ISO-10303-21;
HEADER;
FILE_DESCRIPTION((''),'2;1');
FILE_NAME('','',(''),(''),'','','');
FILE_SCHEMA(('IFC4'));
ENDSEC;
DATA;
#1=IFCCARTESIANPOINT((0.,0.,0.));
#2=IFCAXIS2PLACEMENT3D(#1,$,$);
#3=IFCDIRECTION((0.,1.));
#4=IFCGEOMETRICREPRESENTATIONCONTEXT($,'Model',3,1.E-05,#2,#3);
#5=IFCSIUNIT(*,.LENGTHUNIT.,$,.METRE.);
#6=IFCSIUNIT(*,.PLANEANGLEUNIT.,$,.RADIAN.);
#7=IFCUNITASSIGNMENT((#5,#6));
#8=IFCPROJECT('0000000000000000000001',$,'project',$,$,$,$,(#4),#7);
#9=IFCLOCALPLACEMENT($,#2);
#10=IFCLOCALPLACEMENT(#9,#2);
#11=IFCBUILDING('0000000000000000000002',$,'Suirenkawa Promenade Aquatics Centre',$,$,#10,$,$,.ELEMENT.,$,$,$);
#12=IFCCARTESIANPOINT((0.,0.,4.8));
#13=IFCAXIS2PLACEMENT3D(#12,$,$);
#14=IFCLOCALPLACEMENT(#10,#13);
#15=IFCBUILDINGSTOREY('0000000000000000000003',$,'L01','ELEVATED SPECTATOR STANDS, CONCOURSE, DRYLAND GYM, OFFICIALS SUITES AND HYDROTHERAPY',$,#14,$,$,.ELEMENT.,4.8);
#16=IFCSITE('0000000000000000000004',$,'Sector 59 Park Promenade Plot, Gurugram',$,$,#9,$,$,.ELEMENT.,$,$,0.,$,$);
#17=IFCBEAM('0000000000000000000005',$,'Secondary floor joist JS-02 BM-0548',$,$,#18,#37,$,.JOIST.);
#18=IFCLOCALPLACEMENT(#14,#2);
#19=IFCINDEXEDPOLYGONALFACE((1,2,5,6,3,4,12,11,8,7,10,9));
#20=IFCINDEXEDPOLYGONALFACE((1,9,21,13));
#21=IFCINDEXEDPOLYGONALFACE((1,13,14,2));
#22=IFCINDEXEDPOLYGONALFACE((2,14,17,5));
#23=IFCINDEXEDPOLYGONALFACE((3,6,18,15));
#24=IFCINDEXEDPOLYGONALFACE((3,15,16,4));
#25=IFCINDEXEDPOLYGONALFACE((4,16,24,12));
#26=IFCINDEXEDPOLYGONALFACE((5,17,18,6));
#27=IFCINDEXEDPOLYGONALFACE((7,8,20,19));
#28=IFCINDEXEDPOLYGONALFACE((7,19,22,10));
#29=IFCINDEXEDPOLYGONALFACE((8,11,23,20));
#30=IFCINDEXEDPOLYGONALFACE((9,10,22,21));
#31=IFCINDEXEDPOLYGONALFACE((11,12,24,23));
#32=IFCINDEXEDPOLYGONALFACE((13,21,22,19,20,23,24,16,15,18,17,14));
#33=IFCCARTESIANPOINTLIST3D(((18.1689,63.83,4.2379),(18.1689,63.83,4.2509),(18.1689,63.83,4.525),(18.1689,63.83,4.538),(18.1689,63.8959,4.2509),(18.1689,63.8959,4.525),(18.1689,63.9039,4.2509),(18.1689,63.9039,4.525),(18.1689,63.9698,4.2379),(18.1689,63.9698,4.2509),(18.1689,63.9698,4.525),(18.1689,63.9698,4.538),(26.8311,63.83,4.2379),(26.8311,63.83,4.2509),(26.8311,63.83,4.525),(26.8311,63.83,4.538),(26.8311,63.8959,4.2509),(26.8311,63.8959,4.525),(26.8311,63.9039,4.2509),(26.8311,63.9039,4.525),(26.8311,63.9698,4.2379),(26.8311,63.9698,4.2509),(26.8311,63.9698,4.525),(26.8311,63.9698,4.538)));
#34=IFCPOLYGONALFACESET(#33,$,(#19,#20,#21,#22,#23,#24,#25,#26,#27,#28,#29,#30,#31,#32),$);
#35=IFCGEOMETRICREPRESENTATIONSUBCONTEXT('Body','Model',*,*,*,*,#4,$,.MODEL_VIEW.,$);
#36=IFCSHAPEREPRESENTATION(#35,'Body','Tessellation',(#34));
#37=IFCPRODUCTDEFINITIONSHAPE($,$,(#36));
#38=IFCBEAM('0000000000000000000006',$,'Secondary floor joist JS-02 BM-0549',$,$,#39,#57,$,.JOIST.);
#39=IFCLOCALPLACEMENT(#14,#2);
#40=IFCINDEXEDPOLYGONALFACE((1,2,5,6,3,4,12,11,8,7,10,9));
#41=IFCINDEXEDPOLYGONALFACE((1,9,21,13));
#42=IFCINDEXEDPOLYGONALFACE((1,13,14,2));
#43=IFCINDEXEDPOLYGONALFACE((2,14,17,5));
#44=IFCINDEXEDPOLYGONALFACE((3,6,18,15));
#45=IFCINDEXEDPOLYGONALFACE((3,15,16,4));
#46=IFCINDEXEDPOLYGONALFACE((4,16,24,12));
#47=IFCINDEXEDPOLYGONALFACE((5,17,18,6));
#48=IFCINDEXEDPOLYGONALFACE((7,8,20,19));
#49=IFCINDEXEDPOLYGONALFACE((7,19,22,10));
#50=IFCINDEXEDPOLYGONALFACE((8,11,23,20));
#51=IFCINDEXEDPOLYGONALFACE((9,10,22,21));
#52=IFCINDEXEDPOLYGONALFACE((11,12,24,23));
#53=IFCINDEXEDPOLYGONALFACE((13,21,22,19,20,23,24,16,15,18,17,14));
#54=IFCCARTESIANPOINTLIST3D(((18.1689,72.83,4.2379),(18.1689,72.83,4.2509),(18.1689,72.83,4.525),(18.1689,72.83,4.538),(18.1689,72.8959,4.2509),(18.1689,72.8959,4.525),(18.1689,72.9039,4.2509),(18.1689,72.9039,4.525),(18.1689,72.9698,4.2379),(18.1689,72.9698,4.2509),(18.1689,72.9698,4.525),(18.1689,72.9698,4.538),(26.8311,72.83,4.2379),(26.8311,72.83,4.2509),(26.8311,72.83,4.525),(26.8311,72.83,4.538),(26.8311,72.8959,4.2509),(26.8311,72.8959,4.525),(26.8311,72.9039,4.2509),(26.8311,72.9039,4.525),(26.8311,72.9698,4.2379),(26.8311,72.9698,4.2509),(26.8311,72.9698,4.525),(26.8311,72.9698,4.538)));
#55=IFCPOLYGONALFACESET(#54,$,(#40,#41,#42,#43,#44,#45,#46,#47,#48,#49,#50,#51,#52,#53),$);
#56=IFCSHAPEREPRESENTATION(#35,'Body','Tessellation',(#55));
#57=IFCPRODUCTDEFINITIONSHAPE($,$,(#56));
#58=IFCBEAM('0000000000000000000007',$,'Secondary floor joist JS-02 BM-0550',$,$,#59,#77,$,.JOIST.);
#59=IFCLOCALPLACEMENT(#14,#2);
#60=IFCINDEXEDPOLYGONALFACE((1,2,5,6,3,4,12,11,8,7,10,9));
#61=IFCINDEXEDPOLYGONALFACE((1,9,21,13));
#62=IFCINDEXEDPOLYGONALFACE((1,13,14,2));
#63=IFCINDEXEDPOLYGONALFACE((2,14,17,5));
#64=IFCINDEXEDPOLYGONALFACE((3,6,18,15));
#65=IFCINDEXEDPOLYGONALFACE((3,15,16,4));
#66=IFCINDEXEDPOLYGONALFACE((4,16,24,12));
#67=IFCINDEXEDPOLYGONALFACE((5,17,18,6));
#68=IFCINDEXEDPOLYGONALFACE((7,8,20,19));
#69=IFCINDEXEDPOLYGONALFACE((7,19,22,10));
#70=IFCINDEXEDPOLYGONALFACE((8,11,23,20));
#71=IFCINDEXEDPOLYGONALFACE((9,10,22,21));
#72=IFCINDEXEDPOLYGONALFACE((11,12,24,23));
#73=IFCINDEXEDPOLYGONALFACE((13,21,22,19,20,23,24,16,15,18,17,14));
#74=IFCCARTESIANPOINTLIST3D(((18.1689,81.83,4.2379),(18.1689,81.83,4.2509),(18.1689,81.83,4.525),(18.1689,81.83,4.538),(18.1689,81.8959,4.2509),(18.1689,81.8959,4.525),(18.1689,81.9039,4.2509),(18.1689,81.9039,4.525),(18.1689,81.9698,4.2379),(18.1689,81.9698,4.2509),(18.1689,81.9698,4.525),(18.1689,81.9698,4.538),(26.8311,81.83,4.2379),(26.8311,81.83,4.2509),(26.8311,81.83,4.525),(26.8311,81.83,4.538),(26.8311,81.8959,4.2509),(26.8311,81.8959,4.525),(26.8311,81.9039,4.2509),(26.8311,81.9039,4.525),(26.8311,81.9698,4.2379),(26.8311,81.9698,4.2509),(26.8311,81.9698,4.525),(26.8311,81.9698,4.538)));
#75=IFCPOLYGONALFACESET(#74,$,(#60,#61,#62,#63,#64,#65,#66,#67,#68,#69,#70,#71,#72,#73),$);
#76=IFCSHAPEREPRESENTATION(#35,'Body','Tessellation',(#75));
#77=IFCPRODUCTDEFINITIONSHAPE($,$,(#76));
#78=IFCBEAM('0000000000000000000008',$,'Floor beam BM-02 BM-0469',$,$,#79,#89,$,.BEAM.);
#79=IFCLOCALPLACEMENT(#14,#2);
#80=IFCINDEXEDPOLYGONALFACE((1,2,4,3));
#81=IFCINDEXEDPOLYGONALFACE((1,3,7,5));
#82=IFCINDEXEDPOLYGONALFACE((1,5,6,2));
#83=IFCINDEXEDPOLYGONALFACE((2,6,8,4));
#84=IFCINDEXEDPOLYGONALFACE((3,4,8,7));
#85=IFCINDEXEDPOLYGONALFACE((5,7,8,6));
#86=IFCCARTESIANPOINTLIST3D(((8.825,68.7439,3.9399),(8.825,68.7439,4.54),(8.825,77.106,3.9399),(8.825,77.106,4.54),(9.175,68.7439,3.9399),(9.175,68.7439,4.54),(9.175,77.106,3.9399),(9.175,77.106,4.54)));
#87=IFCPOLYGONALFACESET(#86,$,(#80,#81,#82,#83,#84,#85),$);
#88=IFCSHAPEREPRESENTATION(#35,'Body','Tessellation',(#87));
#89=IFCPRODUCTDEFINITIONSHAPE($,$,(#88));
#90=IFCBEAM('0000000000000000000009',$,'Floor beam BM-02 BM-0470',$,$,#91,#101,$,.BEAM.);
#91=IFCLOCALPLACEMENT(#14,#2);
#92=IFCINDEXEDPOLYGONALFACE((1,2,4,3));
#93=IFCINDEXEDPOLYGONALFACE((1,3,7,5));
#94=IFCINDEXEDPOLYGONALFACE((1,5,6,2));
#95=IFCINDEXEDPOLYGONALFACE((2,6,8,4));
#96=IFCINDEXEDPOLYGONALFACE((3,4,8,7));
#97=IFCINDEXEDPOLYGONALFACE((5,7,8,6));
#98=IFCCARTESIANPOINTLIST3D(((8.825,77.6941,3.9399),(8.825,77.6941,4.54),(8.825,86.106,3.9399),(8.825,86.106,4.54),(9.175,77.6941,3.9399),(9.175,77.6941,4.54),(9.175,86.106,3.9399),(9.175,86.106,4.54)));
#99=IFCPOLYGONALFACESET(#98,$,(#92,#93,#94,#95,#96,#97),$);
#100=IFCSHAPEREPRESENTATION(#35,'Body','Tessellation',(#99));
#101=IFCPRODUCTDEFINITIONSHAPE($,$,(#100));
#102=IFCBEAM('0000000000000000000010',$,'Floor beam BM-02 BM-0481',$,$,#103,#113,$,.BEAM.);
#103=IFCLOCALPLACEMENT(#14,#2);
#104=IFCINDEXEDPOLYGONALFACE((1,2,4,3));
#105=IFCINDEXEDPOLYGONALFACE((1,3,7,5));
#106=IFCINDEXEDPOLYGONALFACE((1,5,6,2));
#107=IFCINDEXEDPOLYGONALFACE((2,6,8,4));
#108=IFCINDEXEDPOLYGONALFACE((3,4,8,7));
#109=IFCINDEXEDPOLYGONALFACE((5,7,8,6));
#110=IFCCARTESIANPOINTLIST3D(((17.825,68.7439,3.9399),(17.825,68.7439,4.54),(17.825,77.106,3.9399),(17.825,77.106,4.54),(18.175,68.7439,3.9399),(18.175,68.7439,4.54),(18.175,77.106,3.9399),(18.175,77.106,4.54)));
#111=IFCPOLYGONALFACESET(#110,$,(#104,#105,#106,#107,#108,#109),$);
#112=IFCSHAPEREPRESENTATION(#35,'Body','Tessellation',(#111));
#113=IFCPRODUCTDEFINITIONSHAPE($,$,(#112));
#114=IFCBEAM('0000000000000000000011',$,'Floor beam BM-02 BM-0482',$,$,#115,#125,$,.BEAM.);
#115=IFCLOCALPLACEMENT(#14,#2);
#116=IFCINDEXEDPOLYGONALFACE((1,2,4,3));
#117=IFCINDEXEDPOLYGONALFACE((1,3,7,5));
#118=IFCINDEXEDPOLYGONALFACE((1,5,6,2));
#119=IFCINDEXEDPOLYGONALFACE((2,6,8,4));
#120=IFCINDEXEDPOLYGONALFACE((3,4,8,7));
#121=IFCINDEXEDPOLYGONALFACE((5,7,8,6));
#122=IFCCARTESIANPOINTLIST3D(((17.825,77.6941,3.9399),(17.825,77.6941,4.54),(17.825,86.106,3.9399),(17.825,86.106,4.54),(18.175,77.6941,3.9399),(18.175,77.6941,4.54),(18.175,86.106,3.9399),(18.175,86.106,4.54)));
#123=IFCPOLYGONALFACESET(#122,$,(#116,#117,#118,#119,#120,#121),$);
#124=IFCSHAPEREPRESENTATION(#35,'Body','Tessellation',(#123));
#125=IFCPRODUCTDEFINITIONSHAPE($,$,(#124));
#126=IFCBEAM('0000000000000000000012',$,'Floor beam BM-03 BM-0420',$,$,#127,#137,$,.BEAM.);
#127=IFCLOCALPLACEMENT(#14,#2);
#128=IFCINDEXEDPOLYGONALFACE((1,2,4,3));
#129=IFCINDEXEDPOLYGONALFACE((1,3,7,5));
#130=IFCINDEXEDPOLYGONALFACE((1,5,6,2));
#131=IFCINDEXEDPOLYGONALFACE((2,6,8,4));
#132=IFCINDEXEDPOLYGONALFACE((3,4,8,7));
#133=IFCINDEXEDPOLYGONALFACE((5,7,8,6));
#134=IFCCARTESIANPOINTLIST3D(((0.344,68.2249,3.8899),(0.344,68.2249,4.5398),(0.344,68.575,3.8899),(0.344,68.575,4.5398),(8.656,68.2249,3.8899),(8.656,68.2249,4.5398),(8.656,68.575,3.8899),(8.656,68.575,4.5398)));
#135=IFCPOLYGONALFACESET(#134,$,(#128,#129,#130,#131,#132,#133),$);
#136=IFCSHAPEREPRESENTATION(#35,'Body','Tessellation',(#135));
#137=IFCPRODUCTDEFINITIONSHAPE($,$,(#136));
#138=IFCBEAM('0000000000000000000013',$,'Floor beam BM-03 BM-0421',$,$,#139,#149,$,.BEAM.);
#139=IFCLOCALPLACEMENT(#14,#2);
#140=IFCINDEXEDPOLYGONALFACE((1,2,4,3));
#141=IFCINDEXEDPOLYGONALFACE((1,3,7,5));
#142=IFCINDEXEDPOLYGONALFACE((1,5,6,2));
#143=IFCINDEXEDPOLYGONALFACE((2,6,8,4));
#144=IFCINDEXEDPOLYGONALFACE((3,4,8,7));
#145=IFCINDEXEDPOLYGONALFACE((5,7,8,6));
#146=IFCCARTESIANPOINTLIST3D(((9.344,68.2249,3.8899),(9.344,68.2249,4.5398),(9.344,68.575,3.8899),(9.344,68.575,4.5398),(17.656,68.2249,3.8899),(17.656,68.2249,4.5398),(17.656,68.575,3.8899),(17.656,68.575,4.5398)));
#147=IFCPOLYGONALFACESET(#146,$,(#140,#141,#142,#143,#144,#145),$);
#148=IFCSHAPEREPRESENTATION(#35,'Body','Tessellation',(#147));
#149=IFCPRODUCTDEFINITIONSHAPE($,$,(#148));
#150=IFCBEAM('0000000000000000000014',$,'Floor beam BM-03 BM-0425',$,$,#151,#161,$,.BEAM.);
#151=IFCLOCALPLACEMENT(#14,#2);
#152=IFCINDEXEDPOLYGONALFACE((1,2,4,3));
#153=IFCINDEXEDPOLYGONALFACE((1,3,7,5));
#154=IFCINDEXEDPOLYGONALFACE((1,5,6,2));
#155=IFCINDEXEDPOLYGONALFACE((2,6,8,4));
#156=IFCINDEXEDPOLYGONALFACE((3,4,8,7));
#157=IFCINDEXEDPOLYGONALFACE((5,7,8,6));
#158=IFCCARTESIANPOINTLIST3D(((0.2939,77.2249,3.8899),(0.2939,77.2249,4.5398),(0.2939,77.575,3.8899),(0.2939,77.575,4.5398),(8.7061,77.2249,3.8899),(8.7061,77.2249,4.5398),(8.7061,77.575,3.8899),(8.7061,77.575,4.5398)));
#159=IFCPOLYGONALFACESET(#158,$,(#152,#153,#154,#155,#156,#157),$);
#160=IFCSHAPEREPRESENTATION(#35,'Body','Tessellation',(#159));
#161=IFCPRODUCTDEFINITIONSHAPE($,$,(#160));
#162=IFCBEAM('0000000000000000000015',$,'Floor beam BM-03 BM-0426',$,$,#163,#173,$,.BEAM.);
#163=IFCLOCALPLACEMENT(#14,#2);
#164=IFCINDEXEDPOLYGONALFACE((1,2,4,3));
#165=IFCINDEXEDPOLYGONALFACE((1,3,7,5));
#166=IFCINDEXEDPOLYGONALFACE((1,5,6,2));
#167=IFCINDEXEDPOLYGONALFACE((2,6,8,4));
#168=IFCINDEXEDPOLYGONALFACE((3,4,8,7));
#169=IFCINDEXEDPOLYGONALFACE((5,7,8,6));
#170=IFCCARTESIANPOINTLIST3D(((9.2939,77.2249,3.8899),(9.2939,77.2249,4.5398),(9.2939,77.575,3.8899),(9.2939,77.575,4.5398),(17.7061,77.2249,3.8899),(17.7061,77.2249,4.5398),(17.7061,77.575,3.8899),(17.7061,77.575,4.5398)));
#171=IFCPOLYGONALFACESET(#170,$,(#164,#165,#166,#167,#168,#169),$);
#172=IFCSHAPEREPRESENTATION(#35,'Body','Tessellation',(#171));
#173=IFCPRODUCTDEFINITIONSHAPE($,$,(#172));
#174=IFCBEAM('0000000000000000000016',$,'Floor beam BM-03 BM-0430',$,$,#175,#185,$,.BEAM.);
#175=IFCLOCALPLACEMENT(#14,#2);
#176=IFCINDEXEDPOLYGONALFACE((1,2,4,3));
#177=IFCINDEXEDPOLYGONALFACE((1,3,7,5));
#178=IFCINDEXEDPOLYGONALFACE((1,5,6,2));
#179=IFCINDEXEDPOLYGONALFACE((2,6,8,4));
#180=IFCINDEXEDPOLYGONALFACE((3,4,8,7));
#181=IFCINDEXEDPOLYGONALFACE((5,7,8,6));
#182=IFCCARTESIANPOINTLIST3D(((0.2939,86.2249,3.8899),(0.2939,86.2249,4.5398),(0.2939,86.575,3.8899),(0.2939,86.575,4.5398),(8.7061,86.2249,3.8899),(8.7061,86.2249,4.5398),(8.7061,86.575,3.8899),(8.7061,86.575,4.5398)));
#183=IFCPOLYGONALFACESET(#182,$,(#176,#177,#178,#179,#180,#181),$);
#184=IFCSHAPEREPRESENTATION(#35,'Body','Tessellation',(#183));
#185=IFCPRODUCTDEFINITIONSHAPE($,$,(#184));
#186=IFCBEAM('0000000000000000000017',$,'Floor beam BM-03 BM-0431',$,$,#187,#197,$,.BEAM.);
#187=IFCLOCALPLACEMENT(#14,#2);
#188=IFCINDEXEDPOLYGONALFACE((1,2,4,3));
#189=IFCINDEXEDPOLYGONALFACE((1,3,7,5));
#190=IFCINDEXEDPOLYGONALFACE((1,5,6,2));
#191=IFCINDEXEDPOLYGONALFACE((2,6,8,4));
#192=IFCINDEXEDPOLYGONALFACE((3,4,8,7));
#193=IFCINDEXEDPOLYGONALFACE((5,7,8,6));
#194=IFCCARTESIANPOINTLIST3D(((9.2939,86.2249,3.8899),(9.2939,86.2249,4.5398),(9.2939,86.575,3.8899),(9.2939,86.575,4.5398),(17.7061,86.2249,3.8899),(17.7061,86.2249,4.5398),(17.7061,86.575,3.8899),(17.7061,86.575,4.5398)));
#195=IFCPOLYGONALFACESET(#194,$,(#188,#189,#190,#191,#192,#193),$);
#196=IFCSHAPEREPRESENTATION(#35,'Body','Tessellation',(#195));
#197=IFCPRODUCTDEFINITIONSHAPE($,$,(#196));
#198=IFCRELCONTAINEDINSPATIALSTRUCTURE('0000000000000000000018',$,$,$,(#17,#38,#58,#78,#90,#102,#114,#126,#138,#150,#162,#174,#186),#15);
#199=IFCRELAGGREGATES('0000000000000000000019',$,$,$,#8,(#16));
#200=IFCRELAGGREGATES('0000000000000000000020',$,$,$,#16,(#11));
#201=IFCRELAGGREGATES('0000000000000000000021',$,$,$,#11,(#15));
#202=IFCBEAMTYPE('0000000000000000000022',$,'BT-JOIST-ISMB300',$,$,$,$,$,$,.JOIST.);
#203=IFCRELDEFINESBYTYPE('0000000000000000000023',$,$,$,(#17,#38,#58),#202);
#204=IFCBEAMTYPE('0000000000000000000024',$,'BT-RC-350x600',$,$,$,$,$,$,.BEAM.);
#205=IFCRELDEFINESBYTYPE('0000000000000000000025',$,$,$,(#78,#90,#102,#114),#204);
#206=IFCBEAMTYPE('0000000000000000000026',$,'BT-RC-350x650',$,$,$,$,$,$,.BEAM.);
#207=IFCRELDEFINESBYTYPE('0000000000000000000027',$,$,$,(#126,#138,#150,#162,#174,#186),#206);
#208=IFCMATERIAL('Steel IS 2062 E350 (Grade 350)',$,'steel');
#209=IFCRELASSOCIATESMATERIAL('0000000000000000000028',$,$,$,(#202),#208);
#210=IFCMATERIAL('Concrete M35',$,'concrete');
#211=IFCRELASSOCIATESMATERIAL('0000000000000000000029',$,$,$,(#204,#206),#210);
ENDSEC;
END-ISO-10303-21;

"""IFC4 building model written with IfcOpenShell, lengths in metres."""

from ifc_helpers import new_model, si_unit, direction, frame, origin, origin_2d, place, context, subcontext, project, spatial, rectangle, i_section, extrude, material, material_profile, profile_set, type_object, element, save


model = new_model("IFC4")

# Units and contexts
model_context = context("Model", 3, precision=1e-05, world=origin(), true_north=direction((0.0, 1.0)))
body_context = subcontext(model_context, "Body", "Model", "MODEL_VIEW")
ifc_project = project(units=[si_unit("LENGTHUNIT", "METRE"), si_unit("PLANEANGLEUNIT", "RADIAN")], contexts=[model_context])

# Site, building, storey
site_placement = place(None, origin())
site = spatial("IfcSite", under=ifc_project, at=site_placement, Name="Sector 59 Park Promenade Plot, Gurugram", CompositionType="ELEMENT", RefElevation=0.0)
building_placement = place(site_placement, origin())
building = spatial("IfcBuilding", under=site, at=building_placement, Name="Suirenkawa Promenade Aquatics Centre", CompositionType="ELEMENT")
storey_placement = place(building_placement, frame((0.0, 0.0, 4.8)))
storey = spatial("IfcBuildingStorey", under=building, at=storey_placement, Name="L01", Description="ELEVATED SPECTATOR STANDS, CONCOURSE, DRYLAND GYM, OFFICIALS SUITES AND HYDROTHERAPY", CompositionType="ELEMENT", Elevation=4.8)

# Beams
ifc_material_1 = material(Name="Steel IS 2062 E350 (Grade 350)", Category="steel")
ifc_material_profile_1 = material_profile(ifc_material_1, i_section(OverallWidth=0.1399, OverallDepth=0.3, WebThickness=0.0081, FlangeThickness=0.0129, at=origin_2d()), Name="ISMB 300", Category="steel")
ifc_profile_set_1 = profile_set([ifc_material_profile_1], Name="Steel IS 2062 E350 (Grade 350)")
beam_type_1 = type_object("IfcBeamType", Name="BT-JOIST-ISMB300", PredefinedType="JOIST", material=ifc_profile_set_1)
for number, where, z_axis, x_axis, name in (
    (1, (18.1689, 63.8999, 4.3879), (1.0, 0.0, 0.0), (0.0, 1.0, 0.0), "Secondary floor joist JS-02 BM-0548"),
    (2, (18.1689, 72.8999, 4.3879), (1.0, 0.0, 0.0), (0.0, 1.0, 0.0), "Secondary floor joist JS-02 BM-0549"),
    (3, (18.1689, 81.8999, 4.3879), (1.0, 0.0, 0.0), (0.0, 1.0, 0.0), "Secondary floor joist JS-02 BM-0550"),
):
    element("IfcBeam", number, at=place(storey_placement, frame(where, z_axis=z_axis, x_axis=x_axis)), inside=storey, type_object=beam_type_1, Name=name, PredefinedType="JOIST", context=body_context, shape_type="SweptSolid", body=[
        extrude(i_section(OverallWidth=0.1399, OverallDepth=0.3, WebThickness=0.0081, FlangeThickness=0.0129, at=origin_2d()), origin(), (0.0, 0.0, 1.0), 8.6621),
    ])
ifc_material_2 = material(Name="Concrete M35", Category="concrete")
ifc_material_profile_2 = material_profile(ifc_material_2, rectangle(XDim=0.3501, YDim=0.6001, at=origin_2d()), Name="RC BM 350x600", Category="concrete")
ifc_profile_set_2 = profile_set([ifc_material_profile_2], Name="Concrete M35")
beam_type_2 = type_object("IfcBeamType", Name="BT-RC-350x600", PredefinedType="BEAM", material=ifc_profile_set_2)
beam_1_placement = place(storey_placement, frame((9.0, 68.7439, 4.24), z_axis=(0.0, 1.0, 0.0), x_axis=(-1.0, 0.0, 0.0)))
element("IfcBeam", 4, at=beam_1_placement, inside=storey, type_object=beam_type_2, Name="Floor beam BM-02 BM-0469", PredefinedType="BEAM", context=body_context, shape_type="SweptSolid", body=[
    extrude(rectangle(XDim=0.3501, YDim=0.6001, at=origin_2d()), origin(), (0.0, 0.0, 1.0), 8.3621),
])
beam_2_placement = place(storey_placement, frame((9.0, 77.6941, 4.24), z_axis=(0.0, 1.0, 0.0), x_axis=(-1.0, 0.0, 0.0)))
element("IfcBeam", 5, at=beam_2_placement, inside=storey, type_object=beam_type_2, Name="Floor beam BM-02 BM-0470", PredefinedType="BEAM", context=body_context, shape_type="SweptSolid", body=[
    extrude(rectangle(XDim=0.3501, YDim=0.6001, at=origin_2d()), origin(), (0.0, 0.0, 1.0), 8.4119),
])
beam_3_placement = place(storey_placement, frame((18.0, 68.7439, 4.24), z_axis=(0.0, 1.0, 0.0), x_axis=(-1.0, 0.0, 0.0)))
element("IfcBeam", 6, at=beam_3_placement, inside=storey, type_object=beam_type_2, Name="Floor beam BM-02 BM-0481", PredefinedType="BEAM", context=body_context, shape_type="SweptSolid", body=[
    extrude(rectangle(XDim=0.3501, YDim=0.6001, at=origin_2d()), origin(), (0.0, 0.0, 1.0), 8.3621),
])
beam_4_placement = place(storey_placement, frame((18.0, 77.6941, 4.24), z_axis=(0.0, 1.0, 0.0), x_axis=(-1.0, 0.0, 0.0)))
element("IfcBeam", 7, at=beam_4_placement, inside=storey, type_object=beam_type_2, Name="Floor beam BM-02 BM-0482", PredefinedType="BEAM", context=body_context, shape_type="SweptSolid", body=[
    extrude(rectangle(XDim=0.3501, YDim=0.6001, at=origin_2d()), origin(), (0.0, 0.0, 1.0), 8.4119),
])
ifc_material_profile_3 = material_profile(ifc_material_2, rectangle(XDim=0.3501, YDim=0.6499, at=origin_2d()), Name="RC BM 350x650", Category="concrete")
ifc_profile_set_3 = profile_set([ifc_material_profile_3], Name="Concrete M35")
beam_type_3 = type_object("IfcBeamType", Name="BT-RC-350x650", PredefinedType="BEAM", material=ifc_profile_set_3)
for number, where, z_axis, x_axis, name in (
    (8, (0.344, 68.3999, 4.2148), (1.0, 0.0, 0.0), (0.0, 1.0, 0.0), "Floor beam BM-03 BM-0420"),
    (9, (9.344, 68.3999, 4.2148), (1.0, 0.0, 0.0), (0.0, 1.0, 0.0), "Floor beam BM-03 BM-0421"),
):
    element("IfcBeam", number, at=place(storey_placement, frame(where, z_axis=z_axis, x_axis=x_axis)), inside=storey, type_object=beam_type_3, Name=name, PredefinedType="BEAM", context=body_context, shape_type="SweptSolid", body=[
        extrude(rectangle(XDim=0.3501, YDim=0.6499, at=origin_2d()), origin(), (0.0, 0.0, 1.0), 8.312),
    ])
for number, where, z_axis, x_axis, name in (
    (10, (0.2939, 77.3999, 4.2148), (1.0, 0.0, 0.0), (0.0, 1.0, 0.0), "Floor beam BM-03 BM-0425"),
    (11, (9.2939, 77.3999, 4.2148), (1.0, 0.0, 0.0), (0.0, 1.0, 0.0), "Floor beam BM-03 BM-0426"),
    (12, (0.2939, 86.3999, 4.2148), (1.0, 0.0, 0.0), (0.0, 1.0, 0.0), "Floor beam BM-03 BM-0430"),
    (13, (9.2939, 86.3999, 4.2148), (1.0, 0.0, 0.0), (0.0, 1.0, 0.0), "Floor beam BM-03 BM-0431"),
):
    element("IfcBeam", number, at=place(storey_placement, frame(where, z_axis=z_axis, x_axis=x_axis)), inside=storey, type_object=beam_type_3, Name=name, PredefinedType="BEAM", context=body_context, shape_type="SweptSolid", body=[
        extrude(rectangle(XDim=0.3501, YDim=0.6499, at=origin_2d()), origin(), (0.0, 0.0, 1.0), 8.4121),
    ])

save(model, "model.ifc")
